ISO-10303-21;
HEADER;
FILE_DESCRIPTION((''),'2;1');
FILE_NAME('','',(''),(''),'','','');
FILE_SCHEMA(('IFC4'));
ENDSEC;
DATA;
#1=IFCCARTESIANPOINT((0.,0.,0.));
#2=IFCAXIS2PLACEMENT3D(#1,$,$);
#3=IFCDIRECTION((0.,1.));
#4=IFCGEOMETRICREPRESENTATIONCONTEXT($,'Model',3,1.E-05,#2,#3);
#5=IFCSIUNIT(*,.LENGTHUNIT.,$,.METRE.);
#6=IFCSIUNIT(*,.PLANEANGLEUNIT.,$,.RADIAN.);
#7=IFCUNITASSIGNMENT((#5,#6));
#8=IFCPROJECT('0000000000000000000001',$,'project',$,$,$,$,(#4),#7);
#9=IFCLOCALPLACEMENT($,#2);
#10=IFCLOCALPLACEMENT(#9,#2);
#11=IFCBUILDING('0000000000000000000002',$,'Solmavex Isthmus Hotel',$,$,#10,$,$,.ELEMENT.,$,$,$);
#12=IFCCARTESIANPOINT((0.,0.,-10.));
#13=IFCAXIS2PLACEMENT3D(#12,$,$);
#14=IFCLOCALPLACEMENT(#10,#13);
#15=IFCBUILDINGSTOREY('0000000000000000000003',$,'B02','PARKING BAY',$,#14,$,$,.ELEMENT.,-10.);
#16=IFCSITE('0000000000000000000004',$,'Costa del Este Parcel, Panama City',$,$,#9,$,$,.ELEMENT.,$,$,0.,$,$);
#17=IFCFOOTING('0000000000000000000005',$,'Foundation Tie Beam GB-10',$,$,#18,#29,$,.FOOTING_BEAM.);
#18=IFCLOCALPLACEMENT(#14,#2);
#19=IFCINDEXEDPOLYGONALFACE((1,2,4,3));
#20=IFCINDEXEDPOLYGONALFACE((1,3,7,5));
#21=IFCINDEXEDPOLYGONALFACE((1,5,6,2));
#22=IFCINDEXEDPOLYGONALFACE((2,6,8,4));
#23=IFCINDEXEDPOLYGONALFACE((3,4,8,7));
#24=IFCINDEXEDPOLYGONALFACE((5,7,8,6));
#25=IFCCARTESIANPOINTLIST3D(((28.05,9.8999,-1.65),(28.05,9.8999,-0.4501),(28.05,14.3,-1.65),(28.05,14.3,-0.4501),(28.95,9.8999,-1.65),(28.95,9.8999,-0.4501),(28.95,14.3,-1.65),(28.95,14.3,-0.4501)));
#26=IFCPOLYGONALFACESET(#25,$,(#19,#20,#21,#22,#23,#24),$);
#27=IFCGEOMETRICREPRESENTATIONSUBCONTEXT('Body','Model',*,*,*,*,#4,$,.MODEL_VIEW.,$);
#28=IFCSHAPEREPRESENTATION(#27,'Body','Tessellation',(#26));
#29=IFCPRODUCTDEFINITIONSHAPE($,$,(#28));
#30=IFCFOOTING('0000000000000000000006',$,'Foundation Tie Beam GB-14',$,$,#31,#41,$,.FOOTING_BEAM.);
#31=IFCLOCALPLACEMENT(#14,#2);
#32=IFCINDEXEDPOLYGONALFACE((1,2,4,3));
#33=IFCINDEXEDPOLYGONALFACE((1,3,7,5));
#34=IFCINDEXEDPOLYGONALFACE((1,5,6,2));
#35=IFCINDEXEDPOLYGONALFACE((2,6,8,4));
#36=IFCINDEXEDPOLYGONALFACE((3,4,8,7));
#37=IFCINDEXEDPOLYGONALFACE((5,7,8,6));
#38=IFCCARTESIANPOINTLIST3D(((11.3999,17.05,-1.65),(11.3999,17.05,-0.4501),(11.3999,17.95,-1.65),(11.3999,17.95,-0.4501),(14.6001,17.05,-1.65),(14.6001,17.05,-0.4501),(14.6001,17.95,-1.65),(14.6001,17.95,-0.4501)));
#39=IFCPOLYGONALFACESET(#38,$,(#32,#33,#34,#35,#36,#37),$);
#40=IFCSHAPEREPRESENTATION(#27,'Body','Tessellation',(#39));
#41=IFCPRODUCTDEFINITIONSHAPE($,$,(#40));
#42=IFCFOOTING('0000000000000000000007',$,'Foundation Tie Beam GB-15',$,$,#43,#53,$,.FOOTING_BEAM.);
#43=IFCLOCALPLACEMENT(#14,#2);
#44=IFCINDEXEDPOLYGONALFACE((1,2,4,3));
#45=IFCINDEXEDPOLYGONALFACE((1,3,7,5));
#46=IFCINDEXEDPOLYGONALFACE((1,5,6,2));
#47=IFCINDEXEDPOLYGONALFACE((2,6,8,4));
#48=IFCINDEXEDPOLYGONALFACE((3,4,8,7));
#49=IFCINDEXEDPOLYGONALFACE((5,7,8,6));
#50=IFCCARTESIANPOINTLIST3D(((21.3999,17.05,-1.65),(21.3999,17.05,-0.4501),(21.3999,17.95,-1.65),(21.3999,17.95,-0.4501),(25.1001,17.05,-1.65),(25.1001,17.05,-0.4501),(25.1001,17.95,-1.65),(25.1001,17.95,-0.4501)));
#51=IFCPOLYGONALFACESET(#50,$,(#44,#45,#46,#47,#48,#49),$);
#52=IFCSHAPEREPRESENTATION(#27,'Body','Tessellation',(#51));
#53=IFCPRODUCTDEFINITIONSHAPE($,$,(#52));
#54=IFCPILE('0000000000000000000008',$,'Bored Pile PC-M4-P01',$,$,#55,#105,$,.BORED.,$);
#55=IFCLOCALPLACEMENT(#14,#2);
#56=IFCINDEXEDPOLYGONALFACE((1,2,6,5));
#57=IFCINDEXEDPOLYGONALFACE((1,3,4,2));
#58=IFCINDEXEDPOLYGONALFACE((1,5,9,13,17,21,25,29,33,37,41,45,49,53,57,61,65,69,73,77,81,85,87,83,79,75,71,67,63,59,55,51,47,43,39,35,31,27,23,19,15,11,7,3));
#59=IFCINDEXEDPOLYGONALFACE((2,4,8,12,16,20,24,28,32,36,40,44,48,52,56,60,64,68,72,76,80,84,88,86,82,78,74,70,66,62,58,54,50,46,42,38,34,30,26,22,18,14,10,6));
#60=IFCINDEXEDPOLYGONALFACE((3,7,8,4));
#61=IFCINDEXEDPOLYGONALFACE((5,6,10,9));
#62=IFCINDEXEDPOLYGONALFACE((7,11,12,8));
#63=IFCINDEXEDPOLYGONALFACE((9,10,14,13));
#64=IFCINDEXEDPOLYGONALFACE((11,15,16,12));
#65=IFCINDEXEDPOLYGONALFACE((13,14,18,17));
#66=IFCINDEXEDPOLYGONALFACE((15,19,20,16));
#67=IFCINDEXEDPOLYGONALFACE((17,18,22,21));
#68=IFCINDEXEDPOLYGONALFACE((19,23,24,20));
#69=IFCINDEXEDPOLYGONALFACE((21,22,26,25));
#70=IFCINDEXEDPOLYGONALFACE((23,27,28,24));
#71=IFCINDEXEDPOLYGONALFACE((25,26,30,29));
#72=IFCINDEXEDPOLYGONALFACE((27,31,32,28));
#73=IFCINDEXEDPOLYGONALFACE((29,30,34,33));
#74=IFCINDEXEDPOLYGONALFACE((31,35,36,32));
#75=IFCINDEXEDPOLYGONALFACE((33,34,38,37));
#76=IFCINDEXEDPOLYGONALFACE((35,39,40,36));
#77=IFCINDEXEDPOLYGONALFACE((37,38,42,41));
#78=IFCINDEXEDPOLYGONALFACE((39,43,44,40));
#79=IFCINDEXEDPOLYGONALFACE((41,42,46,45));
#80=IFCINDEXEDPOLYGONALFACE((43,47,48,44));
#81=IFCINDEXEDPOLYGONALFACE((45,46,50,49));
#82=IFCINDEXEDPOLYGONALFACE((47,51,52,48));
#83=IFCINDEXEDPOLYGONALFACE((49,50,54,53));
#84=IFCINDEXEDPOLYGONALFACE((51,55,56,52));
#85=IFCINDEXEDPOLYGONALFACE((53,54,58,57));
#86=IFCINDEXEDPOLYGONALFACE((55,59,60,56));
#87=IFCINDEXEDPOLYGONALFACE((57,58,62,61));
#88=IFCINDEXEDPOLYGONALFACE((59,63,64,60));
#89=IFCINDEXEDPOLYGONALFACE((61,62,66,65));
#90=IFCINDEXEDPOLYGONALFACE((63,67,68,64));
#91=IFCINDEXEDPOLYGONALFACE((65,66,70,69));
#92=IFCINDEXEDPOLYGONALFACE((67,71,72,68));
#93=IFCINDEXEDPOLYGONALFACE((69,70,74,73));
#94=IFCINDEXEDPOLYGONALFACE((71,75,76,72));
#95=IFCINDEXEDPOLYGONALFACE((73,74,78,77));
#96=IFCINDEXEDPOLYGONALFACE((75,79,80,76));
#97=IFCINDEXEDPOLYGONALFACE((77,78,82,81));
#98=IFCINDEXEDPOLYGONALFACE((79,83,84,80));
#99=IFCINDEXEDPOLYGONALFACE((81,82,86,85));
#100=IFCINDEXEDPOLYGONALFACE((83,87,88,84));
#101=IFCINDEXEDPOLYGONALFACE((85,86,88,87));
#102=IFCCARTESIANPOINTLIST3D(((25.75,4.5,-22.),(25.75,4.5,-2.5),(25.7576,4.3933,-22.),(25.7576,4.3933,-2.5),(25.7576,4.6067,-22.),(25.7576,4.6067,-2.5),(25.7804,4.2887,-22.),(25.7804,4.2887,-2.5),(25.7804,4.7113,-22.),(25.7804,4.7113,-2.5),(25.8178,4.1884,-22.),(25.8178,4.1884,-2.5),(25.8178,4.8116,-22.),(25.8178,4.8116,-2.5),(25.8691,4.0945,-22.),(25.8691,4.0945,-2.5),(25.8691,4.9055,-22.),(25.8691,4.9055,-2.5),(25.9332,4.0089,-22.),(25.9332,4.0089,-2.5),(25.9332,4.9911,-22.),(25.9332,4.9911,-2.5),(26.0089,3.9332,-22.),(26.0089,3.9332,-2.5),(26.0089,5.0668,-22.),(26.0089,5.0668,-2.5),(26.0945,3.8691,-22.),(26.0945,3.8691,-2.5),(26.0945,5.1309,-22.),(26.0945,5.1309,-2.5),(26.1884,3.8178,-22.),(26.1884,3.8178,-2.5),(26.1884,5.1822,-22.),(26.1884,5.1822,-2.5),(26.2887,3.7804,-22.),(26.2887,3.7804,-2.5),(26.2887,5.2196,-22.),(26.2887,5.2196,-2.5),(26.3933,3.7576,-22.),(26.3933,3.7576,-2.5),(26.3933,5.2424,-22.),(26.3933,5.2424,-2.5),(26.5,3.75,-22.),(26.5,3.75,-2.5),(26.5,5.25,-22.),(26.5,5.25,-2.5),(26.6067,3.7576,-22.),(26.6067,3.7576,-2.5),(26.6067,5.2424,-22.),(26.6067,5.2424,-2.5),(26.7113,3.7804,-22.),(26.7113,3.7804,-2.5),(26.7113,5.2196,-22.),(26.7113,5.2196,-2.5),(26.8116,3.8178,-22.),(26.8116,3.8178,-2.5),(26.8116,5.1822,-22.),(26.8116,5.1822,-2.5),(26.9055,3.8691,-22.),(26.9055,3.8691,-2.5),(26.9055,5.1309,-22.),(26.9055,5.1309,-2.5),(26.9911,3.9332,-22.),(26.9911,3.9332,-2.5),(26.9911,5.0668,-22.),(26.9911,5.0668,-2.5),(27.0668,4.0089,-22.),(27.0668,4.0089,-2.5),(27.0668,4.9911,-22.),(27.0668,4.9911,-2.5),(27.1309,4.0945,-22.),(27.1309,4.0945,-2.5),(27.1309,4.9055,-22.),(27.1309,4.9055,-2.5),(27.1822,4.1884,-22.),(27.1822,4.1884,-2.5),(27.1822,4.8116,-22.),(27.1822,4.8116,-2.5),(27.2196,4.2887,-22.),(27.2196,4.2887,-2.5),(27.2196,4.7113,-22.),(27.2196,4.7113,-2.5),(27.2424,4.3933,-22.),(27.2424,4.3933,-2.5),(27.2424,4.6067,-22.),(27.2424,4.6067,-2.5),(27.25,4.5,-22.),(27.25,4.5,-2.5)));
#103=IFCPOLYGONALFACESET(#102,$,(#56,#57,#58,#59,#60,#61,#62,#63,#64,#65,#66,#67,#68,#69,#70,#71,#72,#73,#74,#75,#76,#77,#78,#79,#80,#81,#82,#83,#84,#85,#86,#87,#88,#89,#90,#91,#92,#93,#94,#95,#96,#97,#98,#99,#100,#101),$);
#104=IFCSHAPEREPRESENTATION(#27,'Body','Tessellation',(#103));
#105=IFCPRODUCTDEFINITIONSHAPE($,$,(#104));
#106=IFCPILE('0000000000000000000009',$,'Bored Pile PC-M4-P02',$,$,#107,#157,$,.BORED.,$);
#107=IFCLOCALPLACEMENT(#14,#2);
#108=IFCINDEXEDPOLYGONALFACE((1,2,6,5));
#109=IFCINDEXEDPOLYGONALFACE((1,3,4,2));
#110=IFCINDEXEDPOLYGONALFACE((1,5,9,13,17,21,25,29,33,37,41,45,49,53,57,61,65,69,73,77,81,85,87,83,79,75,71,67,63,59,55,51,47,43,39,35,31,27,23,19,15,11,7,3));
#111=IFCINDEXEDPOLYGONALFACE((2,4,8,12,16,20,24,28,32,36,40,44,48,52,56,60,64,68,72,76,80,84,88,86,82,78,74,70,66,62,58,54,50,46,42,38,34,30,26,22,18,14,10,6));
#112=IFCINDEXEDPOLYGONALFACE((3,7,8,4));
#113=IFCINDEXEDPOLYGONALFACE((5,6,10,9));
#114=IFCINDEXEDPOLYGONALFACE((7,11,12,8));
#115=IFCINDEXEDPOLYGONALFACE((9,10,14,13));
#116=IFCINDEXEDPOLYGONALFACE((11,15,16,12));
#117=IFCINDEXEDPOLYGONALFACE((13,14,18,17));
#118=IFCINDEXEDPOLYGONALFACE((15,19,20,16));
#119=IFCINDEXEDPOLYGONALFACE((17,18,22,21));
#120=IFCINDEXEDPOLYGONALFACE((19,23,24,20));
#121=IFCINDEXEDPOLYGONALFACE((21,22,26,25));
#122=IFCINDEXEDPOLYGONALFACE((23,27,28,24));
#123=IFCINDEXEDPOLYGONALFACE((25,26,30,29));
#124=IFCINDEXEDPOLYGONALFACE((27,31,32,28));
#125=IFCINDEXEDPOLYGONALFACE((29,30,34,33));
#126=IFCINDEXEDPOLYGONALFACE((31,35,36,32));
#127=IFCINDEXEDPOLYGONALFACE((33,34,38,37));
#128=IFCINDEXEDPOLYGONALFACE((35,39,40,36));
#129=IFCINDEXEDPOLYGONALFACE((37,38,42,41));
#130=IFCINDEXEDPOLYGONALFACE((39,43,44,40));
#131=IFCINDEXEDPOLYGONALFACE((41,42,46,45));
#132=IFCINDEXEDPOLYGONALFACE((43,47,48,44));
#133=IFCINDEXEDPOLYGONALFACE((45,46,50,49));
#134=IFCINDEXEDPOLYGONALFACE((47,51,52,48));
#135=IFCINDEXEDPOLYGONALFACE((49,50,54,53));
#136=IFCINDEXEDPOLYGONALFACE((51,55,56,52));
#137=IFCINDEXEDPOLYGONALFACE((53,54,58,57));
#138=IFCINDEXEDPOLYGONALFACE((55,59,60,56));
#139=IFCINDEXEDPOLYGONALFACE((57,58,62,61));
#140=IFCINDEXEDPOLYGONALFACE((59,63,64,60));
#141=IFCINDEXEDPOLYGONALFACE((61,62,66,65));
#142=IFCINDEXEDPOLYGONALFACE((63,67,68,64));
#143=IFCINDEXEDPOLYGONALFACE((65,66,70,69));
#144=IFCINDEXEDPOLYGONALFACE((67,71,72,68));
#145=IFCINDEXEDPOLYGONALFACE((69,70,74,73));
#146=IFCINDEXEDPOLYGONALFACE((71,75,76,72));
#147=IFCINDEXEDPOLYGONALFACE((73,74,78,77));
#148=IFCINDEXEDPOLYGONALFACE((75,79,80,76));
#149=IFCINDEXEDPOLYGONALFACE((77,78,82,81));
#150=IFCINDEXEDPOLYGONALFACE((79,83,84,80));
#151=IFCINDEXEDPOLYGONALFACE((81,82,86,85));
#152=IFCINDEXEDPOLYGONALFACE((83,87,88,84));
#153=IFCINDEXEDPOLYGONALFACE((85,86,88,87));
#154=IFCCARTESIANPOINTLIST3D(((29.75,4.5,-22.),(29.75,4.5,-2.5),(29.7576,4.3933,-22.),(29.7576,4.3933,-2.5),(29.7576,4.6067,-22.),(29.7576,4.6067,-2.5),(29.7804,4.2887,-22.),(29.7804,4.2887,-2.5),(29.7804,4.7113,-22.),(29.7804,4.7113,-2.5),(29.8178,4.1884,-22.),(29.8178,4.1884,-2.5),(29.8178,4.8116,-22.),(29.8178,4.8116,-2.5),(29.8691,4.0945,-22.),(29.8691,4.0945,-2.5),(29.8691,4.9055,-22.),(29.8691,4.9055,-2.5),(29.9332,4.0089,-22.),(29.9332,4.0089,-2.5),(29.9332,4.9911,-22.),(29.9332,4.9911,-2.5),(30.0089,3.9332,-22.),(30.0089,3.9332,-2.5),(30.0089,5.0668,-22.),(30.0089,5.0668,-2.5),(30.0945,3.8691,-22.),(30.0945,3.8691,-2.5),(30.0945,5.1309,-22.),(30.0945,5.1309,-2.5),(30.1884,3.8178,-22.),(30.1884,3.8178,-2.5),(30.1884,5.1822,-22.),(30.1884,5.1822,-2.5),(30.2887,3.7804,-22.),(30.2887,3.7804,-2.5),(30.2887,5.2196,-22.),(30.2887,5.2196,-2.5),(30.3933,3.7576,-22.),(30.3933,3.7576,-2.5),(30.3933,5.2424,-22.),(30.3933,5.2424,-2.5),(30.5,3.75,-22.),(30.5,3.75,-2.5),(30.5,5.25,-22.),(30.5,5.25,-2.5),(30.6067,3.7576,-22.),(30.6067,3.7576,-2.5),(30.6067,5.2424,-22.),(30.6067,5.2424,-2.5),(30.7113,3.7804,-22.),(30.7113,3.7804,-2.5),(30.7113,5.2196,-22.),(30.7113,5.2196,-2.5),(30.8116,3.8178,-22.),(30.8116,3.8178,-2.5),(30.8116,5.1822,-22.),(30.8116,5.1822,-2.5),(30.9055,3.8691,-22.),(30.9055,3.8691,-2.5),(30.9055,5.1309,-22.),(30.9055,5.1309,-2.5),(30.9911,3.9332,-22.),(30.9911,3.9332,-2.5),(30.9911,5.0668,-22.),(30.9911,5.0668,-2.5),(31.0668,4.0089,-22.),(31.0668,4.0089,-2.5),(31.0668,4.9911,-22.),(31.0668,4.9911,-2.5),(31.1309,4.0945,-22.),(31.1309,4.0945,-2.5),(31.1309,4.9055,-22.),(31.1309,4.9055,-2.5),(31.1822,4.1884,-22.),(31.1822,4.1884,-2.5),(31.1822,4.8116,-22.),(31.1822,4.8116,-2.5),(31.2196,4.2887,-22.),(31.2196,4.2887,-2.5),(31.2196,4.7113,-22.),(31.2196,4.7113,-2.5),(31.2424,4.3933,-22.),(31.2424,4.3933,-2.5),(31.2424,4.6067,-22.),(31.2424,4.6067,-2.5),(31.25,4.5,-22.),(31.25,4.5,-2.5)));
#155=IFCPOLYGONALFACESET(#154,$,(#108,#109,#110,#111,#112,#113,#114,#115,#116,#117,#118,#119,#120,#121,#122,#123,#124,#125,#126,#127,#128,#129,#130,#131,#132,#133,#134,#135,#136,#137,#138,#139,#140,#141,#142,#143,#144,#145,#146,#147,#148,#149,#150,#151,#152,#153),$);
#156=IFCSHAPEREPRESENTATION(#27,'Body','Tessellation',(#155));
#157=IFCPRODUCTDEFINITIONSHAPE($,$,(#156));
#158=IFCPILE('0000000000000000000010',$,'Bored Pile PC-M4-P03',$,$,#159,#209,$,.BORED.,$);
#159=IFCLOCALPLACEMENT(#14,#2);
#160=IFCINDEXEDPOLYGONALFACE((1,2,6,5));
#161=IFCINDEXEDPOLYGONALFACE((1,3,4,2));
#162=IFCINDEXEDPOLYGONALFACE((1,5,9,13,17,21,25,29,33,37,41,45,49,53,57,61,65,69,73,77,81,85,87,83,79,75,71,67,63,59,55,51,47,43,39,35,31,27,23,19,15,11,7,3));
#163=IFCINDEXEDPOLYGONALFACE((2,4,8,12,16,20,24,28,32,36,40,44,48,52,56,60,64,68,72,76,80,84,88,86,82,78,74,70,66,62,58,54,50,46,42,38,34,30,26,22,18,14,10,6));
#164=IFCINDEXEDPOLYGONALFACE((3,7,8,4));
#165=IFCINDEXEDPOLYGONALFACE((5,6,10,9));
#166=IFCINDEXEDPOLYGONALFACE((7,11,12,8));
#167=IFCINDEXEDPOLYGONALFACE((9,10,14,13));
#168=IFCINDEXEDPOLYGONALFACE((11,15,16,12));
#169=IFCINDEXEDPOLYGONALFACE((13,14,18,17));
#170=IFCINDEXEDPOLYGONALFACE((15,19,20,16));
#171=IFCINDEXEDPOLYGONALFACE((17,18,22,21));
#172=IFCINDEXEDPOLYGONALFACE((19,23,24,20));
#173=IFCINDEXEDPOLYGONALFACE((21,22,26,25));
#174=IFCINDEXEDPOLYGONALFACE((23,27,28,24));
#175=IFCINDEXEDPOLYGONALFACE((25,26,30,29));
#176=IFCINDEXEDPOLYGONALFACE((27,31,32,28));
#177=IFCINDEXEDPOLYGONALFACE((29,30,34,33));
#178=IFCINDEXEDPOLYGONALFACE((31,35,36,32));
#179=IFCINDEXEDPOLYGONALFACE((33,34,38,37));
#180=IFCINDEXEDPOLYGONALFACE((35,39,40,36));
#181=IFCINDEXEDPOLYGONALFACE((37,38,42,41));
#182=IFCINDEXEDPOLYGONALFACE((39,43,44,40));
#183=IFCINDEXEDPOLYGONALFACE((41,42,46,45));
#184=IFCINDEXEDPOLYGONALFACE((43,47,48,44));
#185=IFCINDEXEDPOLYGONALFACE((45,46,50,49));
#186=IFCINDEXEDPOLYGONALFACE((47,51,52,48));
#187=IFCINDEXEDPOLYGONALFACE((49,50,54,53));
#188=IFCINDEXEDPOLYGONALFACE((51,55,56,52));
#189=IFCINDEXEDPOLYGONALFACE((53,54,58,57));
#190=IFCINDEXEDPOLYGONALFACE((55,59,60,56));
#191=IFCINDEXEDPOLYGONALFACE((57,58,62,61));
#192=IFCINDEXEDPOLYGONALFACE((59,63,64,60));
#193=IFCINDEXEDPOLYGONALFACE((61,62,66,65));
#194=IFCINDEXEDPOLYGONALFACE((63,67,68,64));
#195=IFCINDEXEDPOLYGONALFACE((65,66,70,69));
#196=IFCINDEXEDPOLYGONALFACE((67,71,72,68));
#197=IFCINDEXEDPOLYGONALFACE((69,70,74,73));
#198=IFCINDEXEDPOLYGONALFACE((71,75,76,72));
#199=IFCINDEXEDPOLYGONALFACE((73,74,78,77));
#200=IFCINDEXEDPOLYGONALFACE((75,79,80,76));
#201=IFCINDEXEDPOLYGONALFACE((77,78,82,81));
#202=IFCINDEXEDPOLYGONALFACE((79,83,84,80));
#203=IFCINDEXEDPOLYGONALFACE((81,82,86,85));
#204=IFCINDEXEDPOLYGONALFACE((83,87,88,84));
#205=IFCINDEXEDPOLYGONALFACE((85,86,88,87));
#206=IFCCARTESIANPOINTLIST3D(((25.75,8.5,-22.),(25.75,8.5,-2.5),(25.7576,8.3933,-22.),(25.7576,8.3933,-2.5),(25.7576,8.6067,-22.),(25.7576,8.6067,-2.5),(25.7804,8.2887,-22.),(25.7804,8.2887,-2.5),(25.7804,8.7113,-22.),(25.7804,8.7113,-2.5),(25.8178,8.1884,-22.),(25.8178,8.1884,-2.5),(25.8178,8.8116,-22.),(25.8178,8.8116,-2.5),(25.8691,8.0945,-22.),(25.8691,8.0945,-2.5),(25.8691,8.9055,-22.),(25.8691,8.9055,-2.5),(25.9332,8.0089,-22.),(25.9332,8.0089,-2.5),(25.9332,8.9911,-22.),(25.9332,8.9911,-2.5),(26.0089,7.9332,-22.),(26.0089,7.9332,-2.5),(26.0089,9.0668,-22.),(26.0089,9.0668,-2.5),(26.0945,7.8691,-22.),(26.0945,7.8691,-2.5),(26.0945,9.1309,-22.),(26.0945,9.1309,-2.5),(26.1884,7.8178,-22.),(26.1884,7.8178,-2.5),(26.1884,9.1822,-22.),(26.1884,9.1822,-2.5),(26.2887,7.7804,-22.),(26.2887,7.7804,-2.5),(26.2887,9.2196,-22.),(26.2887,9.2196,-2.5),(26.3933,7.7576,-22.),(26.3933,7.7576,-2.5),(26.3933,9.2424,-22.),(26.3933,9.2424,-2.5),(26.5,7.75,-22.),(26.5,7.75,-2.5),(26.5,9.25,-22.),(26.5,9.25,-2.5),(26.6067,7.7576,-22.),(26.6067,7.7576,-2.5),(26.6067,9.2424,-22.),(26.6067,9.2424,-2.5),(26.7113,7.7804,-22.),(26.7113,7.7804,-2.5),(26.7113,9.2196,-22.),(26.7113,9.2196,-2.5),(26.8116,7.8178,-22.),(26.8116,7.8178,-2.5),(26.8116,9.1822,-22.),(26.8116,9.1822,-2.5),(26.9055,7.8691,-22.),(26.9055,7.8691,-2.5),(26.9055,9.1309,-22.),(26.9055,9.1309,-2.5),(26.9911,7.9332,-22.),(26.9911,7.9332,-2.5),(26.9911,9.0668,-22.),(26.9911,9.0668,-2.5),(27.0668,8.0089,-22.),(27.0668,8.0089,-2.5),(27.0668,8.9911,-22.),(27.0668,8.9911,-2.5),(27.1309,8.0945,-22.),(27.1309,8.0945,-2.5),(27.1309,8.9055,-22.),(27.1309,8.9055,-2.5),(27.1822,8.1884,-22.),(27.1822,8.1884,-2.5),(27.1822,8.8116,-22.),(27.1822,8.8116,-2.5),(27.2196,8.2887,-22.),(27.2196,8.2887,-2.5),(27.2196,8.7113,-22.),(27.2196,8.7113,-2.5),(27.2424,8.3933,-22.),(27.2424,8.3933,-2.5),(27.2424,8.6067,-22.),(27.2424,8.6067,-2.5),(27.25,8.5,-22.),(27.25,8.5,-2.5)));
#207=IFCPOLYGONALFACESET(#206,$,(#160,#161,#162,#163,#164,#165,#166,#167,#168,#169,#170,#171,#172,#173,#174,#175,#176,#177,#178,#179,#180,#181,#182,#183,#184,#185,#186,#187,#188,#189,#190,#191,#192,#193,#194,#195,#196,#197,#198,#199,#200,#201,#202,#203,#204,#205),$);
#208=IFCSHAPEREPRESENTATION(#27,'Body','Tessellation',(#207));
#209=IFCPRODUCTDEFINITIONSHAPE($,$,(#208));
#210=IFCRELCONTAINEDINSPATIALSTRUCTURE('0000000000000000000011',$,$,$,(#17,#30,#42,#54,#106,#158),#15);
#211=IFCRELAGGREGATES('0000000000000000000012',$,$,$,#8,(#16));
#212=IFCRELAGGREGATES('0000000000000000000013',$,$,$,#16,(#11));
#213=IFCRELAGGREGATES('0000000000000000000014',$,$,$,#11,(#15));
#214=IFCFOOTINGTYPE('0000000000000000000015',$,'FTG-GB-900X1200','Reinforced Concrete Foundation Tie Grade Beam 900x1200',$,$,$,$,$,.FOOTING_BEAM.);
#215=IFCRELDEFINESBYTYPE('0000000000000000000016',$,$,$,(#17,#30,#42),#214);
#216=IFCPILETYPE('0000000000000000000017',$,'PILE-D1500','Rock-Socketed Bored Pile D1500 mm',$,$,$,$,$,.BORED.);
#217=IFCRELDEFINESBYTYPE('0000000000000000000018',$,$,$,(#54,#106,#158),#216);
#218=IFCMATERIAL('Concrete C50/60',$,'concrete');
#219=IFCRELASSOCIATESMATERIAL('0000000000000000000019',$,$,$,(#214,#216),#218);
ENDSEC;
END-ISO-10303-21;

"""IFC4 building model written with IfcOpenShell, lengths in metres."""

from ifc_helpers import new_model, si_unit, direction, frame, origin, origin_2d, place, context, subcontext, project, spatial, rectangle, circle, extrude, material, material_profile, profile_set, type_object, element, save


model = new_model("IFC4")

# Units and contexts
model_context = context("Model", 3, precision=1e-05, world=origin(), true_north=direction((0.0, 1.0)))
body_context = subcontext(model_context, "Body", "Model", "MODEL_VIEW")
ifc_project = project(units=[si_unit("LENGTHUNIT", "METRE"), si_unit("PLANEANGLEUNIT", "RADIAN")], contexts=[model_context])

# Site, building, storey
site_placement = place(None, origin())
site = spatial("IfcSite", under=ifc_project, at=site_placement, Name="Costa del Este Parcel, Panama City", CompositionType="ELEMENT", RefElevation=0.0)
building_placement = place(site_placement, origin())
building = spatial("IfcBuilding", under=site, at=building_placement, Name="Solmavex Isthmus Hotel", CompositionType="ELEMENT")
storey_placement = place(building_placement, frame((0.0, 0.0, -10.0)))
storey = spatial("IfcBuildingStorey", under=building, at=storey_placement, Name="B02", Description="PARKING BAY", CompositionType="ELEMENT", Elevation=-10.0)

# Footings
ifc_material_1 = material(Name="Concrete C50/60", Category="concrete")
footing_type = type_object("IfcFootingType", Name="FTG-GB-900X1200", Description="Reinforced Concrete Foundation Tie Grade Beam 900x1200", PredefinedType="FOOTING_BEAM", material=ifc_material_1)
footing_1_placement = place(storey_placement, frame((28.5, 9.8999, -1.05), z_axis=(0.0, 1.0, 0.0), x_axis=(-1.0, 0.0, 0.0)))
element("IfcFooting", 1, at=footing_1_placement, inside=storey, type_object=footing_type, Name="Foundation Tie Beam GB-10", PredefinedType="FOOTING_BEAM", context=body_context, shape_type="SweptSolid", body=[
    extrude(rectangle(XDim=0.8999, YDim=1.2, at=origin_2d()), origin(), (0.0, 0.0, 1.0), 4.4001),
])
footing_2_placement = place(storey_placement, frame((11.3999, 17.5, -1.05), z_axis=(1.0, 0.0, 0.0), x_axis=(0.0, 1.0, 0.0)))
element("IfcFooting", 2, at=footing_2_placement, inside=storey, type_object=footing_type, Name="Foundation Tie Beam GB-14", PredefinedType="FOOTING_BEAM", context=body_context, shape_type="SweptSolid", body=[
    extrude(rectangle(XDim=0.8999, YDim=1.2, at=origin_2d()), origin(), (0.0, 0.0, 1.0), 3.2002),
])
footing_3_placement = place(storey_placement, frame((21.3999, 17.5, -1.05), z_axis=(1.0, 0.0, 0.0), x_axis=(0.0, 1.0, 0.0)))
element("IfcFooting", 3, at=footing_3_placement, inside=storey, type_object=footing_type, Name="Foundation Tie Beam GB-15", PredefinedType="FOOTING_BEAM", context=body_context, shape_type="SweptSolid", body=[
    extrude(rectangle(XDim=0.8999, YDim=1.2, at=origin_2d()), origin(), (0.0, 0.0, 1.0), 3.7002),
])

# Piles
ifc_material_profile_1 = material_profile(ifc_material_1, circle(Radius=0.75, at=origin_2d()), Name="PILE1500")
ifc_profile_set_1 = profile_set([ifc_material_profile_1], Name="Concrete C50/60")
pile_type = type_object("IfcPileType", Name="PILE-D1500", Description="Rock-Socketed Bored Pile D1500 mm", PredefinedType="BORED", material=ifc_profile_set_1)
for number, where, z_axis, x_axis, name in (
    (4, (26.5, 4.5, -2.5), (0.0, 0.0, -1.0), (1.0, 0.0, 0.0), "Bored Pile PC-M4-P01"),
    (5, (30.5, 4.5, -2.5), (0.0, 0.0, -1.0), (1.0, 0.0, 0.0), "Bored Pile PC-M4-P02"),
    (6, (26.5, 8.5, -2.5), (0.0, 0.0, -1.0), (1.0, 0.0, 0.0), "Bored Pile PC-M4-P03"),
):
    element("IfcPile", number, at=place(storey_placement, frame(where, z_axis=z_axis, x_axis=x_axis)), inside=storey, type_object=pile_type, Name=name, PredefinedType="BORED", context=body_context, shape_type="SweptSolid", body=[
        extrude(circle(Radius=0.75, at=origin_2d()), origin(), (0.0, 0.0, 1.0), 19.5),
    ])

save(model, "model.ifc")
